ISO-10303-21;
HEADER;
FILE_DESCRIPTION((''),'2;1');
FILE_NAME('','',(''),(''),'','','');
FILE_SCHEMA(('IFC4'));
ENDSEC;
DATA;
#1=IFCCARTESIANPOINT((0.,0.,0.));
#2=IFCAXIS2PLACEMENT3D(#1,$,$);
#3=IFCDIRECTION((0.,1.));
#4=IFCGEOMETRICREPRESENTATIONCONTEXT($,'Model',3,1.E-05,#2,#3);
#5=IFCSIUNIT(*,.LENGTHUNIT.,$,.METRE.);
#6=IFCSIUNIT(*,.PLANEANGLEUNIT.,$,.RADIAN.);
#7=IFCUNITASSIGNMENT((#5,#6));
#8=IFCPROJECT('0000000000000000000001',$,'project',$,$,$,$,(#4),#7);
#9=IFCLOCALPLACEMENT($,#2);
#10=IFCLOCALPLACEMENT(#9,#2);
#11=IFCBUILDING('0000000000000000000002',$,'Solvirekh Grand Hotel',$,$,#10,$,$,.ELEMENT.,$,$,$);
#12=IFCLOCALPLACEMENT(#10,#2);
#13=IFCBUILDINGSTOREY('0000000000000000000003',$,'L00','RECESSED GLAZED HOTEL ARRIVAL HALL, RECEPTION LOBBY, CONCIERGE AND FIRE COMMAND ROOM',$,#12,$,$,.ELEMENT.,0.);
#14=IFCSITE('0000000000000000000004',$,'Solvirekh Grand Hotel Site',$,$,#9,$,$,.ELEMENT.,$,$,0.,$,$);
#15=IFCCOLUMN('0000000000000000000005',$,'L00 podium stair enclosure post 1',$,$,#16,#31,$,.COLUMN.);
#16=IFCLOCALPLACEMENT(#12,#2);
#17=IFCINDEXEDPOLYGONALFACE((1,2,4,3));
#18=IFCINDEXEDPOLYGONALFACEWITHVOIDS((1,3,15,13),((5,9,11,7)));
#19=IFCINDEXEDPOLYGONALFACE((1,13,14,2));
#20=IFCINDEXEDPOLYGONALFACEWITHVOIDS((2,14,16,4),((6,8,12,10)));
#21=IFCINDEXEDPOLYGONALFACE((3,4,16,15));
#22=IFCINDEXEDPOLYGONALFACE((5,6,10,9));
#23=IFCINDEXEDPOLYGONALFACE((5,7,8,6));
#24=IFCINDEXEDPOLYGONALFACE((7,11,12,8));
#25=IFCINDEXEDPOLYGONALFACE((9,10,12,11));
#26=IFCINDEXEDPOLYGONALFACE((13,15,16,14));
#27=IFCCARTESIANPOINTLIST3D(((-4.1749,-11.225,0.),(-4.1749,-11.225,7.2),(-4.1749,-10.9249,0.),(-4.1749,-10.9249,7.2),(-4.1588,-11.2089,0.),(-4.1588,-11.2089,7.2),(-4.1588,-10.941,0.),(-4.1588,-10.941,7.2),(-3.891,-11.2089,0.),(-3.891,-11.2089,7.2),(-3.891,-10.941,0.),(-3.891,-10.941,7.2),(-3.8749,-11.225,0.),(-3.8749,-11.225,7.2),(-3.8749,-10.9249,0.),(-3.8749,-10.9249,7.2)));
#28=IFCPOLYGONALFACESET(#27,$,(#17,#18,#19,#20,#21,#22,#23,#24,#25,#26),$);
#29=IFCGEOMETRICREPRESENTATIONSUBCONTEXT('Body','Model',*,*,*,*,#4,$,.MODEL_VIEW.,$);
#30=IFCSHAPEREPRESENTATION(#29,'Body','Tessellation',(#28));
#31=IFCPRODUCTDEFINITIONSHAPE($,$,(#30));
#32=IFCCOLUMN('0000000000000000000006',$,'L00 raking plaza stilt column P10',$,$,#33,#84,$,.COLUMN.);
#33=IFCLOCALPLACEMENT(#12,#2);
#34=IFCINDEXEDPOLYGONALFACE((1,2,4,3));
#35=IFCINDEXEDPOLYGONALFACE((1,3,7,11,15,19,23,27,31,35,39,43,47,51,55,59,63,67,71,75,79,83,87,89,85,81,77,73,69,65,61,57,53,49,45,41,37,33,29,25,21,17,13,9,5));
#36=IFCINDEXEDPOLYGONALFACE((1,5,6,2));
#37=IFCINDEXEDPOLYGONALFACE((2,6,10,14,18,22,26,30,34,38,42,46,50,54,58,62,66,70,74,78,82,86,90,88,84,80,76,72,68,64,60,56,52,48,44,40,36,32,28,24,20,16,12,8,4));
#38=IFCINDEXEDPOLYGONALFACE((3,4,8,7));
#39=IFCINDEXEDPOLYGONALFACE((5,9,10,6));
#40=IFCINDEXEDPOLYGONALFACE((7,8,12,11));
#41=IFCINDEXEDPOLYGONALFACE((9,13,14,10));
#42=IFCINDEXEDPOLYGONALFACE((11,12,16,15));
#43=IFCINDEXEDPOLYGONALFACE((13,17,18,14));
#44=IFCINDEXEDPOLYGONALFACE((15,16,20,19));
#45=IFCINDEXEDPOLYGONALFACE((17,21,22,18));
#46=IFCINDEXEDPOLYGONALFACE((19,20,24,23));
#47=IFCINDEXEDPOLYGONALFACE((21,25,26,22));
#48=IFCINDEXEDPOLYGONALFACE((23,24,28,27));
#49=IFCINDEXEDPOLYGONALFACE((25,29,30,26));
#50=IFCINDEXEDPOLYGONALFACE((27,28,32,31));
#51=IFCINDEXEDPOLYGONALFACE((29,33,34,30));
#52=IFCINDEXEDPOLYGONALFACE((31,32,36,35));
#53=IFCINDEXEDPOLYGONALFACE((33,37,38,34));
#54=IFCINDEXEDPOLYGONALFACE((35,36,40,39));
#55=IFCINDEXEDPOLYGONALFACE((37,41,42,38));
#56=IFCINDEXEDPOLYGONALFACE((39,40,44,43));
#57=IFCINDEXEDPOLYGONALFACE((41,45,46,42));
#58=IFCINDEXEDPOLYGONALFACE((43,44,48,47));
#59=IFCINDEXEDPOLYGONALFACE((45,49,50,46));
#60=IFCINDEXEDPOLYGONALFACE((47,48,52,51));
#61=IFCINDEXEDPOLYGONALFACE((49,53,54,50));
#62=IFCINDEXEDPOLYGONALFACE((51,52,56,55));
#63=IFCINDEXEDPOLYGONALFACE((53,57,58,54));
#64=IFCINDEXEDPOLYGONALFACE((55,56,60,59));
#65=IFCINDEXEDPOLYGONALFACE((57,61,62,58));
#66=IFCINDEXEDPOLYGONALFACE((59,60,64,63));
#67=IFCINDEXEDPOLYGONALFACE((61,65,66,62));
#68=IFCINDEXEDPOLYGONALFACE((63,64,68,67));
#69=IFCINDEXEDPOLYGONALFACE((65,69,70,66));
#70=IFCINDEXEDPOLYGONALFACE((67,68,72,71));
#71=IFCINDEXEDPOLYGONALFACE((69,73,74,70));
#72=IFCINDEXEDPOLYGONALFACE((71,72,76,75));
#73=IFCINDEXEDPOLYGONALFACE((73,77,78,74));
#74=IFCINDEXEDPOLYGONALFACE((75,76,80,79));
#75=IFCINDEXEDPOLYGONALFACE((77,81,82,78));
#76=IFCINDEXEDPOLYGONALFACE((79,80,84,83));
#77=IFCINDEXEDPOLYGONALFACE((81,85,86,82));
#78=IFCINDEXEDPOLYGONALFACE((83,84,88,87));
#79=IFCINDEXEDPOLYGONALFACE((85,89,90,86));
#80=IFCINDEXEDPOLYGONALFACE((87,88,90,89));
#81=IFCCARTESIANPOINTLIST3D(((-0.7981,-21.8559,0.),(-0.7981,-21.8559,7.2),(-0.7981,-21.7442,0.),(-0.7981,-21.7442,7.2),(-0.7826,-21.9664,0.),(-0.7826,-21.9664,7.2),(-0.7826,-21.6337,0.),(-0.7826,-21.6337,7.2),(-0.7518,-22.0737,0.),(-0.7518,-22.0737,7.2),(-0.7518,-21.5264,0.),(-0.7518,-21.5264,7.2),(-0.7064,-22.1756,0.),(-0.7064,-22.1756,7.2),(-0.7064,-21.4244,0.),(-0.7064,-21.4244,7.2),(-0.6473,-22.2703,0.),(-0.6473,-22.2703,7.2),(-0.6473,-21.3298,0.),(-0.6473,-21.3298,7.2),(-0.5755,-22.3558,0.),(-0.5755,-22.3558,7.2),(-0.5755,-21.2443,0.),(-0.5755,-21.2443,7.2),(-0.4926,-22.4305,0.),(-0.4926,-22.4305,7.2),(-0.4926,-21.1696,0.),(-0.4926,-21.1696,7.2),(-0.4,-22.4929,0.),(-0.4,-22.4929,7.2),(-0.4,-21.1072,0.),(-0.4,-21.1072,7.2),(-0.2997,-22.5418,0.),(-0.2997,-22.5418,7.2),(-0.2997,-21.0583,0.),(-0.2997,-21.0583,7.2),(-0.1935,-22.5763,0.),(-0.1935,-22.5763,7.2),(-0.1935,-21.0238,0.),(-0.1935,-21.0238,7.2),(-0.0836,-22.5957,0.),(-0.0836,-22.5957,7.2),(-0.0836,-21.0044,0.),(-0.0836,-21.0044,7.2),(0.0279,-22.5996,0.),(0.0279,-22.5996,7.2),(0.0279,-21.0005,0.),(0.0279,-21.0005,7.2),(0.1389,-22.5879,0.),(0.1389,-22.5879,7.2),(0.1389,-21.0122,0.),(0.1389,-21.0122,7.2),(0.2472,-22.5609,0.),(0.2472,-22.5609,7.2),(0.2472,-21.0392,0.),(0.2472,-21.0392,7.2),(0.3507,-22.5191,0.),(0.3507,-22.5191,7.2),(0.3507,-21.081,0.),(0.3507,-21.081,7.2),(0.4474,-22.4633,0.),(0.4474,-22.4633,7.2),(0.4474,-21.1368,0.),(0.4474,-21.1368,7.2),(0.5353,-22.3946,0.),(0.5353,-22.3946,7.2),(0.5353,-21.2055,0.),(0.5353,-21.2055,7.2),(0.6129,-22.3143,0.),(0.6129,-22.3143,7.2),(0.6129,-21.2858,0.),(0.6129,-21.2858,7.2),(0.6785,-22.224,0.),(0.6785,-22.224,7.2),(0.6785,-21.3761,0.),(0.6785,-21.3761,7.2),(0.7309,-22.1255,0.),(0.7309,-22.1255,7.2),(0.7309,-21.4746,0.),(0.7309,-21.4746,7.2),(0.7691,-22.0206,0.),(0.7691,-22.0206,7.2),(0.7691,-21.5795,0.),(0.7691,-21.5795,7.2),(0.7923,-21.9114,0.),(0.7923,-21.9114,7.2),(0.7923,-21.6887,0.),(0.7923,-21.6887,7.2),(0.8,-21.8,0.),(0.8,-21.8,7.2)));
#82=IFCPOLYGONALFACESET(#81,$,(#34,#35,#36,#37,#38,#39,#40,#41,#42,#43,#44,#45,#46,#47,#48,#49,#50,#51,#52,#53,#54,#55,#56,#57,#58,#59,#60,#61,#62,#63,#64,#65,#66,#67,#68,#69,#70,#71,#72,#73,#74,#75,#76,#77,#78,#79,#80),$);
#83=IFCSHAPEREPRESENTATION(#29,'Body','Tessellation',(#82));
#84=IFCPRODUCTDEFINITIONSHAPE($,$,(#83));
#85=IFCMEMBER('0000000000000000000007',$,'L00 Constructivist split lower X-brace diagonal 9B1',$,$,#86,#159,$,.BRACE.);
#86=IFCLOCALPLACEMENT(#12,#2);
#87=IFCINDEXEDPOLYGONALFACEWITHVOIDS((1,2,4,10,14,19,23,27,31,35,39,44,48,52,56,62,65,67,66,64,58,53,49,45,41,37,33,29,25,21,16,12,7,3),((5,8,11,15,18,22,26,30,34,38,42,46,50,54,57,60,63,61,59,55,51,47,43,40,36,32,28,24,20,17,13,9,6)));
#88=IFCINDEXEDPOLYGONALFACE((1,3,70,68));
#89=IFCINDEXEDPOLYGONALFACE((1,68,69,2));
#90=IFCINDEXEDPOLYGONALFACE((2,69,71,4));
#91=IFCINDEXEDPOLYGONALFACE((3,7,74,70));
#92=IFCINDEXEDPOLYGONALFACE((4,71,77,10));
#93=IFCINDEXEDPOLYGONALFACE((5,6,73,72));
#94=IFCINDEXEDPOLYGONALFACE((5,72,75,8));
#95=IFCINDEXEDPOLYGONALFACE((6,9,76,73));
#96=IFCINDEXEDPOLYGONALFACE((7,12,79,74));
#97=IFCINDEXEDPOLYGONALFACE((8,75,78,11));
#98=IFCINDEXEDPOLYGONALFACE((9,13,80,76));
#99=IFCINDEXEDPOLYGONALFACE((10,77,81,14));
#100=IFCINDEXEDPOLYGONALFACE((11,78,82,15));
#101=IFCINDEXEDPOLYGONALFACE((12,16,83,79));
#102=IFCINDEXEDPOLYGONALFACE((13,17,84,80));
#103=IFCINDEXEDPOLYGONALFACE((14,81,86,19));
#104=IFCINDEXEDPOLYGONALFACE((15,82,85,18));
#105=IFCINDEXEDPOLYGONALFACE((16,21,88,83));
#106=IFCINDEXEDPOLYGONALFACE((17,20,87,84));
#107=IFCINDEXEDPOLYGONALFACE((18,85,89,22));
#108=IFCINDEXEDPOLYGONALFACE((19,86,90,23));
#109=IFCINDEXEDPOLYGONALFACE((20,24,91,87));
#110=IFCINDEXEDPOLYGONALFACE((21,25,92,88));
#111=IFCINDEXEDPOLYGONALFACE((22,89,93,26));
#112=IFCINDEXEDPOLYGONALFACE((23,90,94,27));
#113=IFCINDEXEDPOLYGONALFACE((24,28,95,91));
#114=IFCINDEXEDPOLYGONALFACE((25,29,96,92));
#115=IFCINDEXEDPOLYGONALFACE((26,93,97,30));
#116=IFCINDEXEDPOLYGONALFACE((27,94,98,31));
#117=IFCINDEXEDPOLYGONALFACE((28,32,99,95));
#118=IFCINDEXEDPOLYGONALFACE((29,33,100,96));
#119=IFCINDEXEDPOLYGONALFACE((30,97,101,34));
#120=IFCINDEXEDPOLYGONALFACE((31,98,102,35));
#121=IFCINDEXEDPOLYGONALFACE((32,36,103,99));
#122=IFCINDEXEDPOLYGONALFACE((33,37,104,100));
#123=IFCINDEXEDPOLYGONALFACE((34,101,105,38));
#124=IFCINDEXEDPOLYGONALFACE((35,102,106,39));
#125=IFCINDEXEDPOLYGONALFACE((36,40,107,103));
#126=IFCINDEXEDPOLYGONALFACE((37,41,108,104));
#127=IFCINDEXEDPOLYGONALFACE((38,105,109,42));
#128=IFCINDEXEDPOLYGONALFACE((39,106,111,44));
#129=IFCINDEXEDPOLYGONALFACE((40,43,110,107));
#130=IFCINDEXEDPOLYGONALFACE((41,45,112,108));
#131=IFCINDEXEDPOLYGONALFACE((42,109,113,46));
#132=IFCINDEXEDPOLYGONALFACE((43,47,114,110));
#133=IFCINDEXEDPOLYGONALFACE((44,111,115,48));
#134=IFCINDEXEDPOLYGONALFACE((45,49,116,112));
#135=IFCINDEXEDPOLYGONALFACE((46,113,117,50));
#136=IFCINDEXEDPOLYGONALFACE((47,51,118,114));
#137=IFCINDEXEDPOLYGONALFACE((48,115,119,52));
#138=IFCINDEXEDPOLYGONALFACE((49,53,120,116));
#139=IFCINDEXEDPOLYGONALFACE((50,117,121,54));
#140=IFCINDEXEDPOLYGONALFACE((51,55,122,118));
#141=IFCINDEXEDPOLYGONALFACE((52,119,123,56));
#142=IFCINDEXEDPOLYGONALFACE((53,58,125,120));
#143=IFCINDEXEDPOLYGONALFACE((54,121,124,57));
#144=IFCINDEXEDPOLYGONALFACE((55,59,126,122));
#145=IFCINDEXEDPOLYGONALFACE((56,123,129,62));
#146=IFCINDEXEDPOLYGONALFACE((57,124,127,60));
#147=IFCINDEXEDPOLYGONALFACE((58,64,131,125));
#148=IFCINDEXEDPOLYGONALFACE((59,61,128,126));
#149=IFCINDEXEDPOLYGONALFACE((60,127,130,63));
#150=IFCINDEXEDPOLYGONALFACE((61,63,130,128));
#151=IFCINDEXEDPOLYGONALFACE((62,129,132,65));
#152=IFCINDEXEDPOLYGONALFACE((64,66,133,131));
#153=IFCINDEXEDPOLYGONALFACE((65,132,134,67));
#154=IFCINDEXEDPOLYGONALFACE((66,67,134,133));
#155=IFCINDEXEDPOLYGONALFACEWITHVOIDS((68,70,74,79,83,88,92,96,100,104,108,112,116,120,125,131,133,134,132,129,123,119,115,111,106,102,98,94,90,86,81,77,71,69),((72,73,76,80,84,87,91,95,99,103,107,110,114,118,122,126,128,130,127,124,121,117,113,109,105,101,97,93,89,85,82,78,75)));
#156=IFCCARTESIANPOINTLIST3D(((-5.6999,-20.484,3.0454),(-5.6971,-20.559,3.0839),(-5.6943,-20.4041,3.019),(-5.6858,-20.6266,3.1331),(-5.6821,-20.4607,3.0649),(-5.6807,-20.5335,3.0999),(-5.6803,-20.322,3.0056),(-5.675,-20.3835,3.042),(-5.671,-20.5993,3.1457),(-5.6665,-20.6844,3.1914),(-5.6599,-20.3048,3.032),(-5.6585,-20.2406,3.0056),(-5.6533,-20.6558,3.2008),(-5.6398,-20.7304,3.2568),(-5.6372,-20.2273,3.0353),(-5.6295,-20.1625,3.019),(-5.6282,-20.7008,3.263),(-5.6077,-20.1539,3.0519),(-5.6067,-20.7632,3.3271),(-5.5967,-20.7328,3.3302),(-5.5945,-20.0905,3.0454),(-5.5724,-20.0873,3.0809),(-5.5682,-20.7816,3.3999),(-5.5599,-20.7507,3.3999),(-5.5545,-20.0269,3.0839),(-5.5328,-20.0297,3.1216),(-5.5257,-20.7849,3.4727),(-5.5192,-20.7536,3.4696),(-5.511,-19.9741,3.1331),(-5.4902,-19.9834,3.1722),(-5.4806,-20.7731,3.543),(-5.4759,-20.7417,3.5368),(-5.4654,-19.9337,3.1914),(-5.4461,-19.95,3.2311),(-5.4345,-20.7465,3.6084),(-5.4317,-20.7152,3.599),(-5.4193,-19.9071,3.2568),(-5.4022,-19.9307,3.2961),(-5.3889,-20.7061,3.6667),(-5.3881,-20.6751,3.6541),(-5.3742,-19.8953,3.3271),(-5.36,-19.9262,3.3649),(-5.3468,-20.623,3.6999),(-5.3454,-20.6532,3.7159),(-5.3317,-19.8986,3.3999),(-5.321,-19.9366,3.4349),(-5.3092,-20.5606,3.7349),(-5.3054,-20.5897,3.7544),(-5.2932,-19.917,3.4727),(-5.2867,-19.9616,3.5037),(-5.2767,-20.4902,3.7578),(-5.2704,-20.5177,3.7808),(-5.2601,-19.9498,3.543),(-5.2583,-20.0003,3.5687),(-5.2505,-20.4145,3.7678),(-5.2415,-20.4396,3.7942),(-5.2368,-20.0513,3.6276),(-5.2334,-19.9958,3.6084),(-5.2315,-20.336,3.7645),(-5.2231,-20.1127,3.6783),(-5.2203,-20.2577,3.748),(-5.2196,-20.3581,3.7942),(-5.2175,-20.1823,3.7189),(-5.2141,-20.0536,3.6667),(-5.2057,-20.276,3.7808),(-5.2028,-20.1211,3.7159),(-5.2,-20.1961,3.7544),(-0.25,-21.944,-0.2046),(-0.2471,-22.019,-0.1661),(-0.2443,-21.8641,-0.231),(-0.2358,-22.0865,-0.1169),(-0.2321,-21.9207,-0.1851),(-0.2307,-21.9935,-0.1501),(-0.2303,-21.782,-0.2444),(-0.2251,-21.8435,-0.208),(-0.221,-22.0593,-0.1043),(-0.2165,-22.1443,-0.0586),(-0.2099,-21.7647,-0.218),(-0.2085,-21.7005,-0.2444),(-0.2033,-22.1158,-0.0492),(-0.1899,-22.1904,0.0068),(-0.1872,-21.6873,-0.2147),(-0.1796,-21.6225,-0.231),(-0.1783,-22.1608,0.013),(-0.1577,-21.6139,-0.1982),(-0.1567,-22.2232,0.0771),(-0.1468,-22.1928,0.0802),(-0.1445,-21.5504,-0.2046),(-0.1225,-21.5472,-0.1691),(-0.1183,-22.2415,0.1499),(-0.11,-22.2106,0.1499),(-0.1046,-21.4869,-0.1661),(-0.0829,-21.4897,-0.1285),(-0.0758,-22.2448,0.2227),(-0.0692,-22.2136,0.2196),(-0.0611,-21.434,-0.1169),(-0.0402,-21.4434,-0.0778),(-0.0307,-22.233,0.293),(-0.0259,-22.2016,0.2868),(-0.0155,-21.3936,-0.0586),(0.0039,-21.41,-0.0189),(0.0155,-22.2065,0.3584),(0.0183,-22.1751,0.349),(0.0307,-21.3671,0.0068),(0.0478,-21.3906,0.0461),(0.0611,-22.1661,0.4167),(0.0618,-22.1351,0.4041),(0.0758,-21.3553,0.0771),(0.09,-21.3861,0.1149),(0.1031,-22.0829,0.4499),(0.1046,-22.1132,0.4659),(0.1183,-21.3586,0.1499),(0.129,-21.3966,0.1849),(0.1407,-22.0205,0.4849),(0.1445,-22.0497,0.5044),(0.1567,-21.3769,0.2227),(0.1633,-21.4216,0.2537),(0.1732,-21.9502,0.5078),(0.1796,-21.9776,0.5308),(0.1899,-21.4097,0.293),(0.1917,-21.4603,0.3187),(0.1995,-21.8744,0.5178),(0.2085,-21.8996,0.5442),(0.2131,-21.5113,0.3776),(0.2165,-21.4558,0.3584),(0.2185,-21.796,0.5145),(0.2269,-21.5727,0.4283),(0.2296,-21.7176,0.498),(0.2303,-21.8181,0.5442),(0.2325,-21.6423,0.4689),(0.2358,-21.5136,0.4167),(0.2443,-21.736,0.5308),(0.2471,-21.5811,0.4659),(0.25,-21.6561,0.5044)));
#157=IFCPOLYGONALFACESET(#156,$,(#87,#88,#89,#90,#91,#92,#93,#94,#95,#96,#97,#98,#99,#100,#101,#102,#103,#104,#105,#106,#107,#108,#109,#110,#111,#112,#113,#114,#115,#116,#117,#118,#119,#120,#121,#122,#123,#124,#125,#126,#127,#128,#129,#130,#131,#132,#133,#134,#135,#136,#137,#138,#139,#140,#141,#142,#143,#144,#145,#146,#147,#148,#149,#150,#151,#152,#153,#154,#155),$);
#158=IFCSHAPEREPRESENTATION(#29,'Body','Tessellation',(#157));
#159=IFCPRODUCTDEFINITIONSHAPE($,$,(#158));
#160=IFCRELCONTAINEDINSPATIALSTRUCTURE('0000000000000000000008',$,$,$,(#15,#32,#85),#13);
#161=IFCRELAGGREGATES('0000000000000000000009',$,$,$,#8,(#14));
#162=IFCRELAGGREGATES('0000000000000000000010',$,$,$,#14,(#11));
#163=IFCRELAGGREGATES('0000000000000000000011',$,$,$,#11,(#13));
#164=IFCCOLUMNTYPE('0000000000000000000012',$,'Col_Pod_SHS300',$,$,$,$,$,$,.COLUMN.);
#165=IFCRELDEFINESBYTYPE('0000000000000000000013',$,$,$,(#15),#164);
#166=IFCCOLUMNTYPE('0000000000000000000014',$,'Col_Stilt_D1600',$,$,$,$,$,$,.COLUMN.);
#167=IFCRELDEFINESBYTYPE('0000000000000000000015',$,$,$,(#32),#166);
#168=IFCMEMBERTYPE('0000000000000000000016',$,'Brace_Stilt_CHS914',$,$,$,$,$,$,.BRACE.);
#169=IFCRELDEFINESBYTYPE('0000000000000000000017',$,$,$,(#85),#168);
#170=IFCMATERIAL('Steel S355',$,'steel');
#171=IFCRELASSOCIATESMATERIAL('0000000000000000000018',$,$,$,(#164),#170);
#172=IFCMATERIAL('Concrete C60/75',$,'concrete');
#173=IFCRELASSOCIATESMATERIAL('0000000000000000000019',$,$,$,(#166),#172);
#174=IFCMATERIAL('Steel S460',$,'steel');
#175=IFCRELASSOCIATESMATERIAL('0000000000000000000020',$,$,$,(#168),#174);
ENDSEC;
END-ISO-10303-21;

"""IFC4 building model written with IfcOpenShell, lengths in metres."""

from ifc_helpers import new_model, si_unit, direction, frame, origin, origin_2d, place, context, subcontext, project, spatial, hollow_rectangle, circle, hollow_circle, extrude, material, material_profile, profile_set, type_object, element, save


model = new_model("IFC4")

# Units and contexts
model_context = context("Model", 3, precision=1e-05, world=origin(), true_north=direction((0.0, 1.0)))
body_context = subcontext(model_context, "Body", "Model", "MODEL_VIEW")
ifc_project = project(units=[si_unit("LENGTHUNIT", "METRE"), si_unit("PLANEANGLEUNIT", "RADIAN")], contexts=[model_context])

# Site, building, storey
site_placement = place(None, origin())
site = spatial("IfcSite", under=ifc_project, at=site_placement, Name="Solvirekh Grand Hotel Site", CompositionType="ELEMENT", RefElevation=0.0)
building_placement = place(site_placement, origin())
building = spatial("IfcBuilding", under=site, at=building_placement, Name="Solvirekh Grand Hotel", CompositionType="ELEMENT")
storey_placement = place(building_placement, origin())
storey = spatial("IfcBuildingStorey", under=building, at=storey_placement, Name="L00", Description="RECESSED GLAZED HOTEL ARRIVAL HALL, RECEPTION LOBBY, CONCIERGE AND FIRE COMMAND ROOM", CompositionType="ELEMENT", Elevation=0.0)

# Columns
ifc_material_1 = material(Name="Steel S355", Category="steel")
ifc_material_profile_1 = material_profile(ifc_material_1, hollow_rectangle(XDim=0.3, YDim=0.3, WallThickness=0.0161, at=origin_2d()), Name="SHS 300X300X16")
ifc_profile_set_1 = profile_set([ifc_material_profile_1], Name="Steel S355")
column_type_1 = type_object("IfcColumnType", Name="Col_Pod_SHS300", PredefinedType="COLUMN", material=ifc_profile_set_1)
column_1_placement = place(storey_placement, frame((-4.0249, -11.075, 0.0), z_axis=(0.0, 0.0, 1.0), x_axis=(1.0, 0.0, 0.0)))
element("IfcColumn", 1, at=column_1_placement, inside=storey, type_object=column_type_1, Name="L00 podium stair enclosure post 1", PredefinedType="COLUMN", context=body_context, shape_type="SweptSolid", body=[
    extrude(hollow_rectangle(XDim=0.3, YDim=0.3, WallThickness=0.0161, at=origin_2d()), origin(), (0.0, 0.0, 1.0), 7.2),
])
ifc_material_2 = material(Name="Concrete C60/75", Category="concrete")
ifc_material_profile_2 = material_profile(ifc_material_2, circle(Radius=0.8, at=origin_2d()), Name="RC CIRC D1600")
ifc_profile_set_2 = profile_set([ifc_material_profile_2], Name="Concrete C60/75")
column_type_2 = type_object("IfcColumnType", Name="Col_Stilt_D1600", PredefinedType="COLUMN", material=ifc_profile_set_2)
column_2_placement = place(storey_placement, frame((0.0, -21.8, 0.0), z_axis=(0.0, 0.0, 1.0), x_axis=(1.0, 0.0, 0.0)))
element("IfcColumn", 2, at=column_2_placement, inside=storey, type_object=column_type_2, Name="L00 raking plaza stilt column P10", PredefinedType="COLUMN", context=body_context, shape_type="SweptSolid", body=[
    extrude(circle(Radius=0.8, at=origin_2d()), origin(), (0.0, 0.0, 1.0), 7.2),
])

# Member
ifc_material_3 = material(Name="Steel S460", Category="steel")
ifc_material_profile_3 = material_profile(ifc_material_3, hollow_circle(Radius=0.457, WallThickness=0.032, at=origin_2d()), Name="CHS 914X32")
ifc_profile_set_3 = profile_set([ifc_material_profile_3], Name="Steel S460")
member_type = type_object("IfcMemberType", Name="Brace_Stilt_CHS914", PredefinedType="BRACE", material=ifc_profile_set_3)
member_1_placement = place(storey_placement, frame((0.0, -21.8, 0.1499), z_axis=(-0.83701, 0.224222, 0.499139), x_axis=(-0.258761, -0.965941, 0.0)))
element("IfcMember", 3, at=member_1_placement, inside=storey, type_object=member_type, Name="L00 Constructivist split lower X-brace diagonal 9B1", PredefinedType="BRACE", context=body_context, shape_type="SweptSolid", body=[
    extrude(hollow_circle(Radius=0.457, WallThickness=0.032, at=origin_2d()), origin(), (0.0, 0.0, 1.0), 6.5112),
])

save(model, "model.ifc")
